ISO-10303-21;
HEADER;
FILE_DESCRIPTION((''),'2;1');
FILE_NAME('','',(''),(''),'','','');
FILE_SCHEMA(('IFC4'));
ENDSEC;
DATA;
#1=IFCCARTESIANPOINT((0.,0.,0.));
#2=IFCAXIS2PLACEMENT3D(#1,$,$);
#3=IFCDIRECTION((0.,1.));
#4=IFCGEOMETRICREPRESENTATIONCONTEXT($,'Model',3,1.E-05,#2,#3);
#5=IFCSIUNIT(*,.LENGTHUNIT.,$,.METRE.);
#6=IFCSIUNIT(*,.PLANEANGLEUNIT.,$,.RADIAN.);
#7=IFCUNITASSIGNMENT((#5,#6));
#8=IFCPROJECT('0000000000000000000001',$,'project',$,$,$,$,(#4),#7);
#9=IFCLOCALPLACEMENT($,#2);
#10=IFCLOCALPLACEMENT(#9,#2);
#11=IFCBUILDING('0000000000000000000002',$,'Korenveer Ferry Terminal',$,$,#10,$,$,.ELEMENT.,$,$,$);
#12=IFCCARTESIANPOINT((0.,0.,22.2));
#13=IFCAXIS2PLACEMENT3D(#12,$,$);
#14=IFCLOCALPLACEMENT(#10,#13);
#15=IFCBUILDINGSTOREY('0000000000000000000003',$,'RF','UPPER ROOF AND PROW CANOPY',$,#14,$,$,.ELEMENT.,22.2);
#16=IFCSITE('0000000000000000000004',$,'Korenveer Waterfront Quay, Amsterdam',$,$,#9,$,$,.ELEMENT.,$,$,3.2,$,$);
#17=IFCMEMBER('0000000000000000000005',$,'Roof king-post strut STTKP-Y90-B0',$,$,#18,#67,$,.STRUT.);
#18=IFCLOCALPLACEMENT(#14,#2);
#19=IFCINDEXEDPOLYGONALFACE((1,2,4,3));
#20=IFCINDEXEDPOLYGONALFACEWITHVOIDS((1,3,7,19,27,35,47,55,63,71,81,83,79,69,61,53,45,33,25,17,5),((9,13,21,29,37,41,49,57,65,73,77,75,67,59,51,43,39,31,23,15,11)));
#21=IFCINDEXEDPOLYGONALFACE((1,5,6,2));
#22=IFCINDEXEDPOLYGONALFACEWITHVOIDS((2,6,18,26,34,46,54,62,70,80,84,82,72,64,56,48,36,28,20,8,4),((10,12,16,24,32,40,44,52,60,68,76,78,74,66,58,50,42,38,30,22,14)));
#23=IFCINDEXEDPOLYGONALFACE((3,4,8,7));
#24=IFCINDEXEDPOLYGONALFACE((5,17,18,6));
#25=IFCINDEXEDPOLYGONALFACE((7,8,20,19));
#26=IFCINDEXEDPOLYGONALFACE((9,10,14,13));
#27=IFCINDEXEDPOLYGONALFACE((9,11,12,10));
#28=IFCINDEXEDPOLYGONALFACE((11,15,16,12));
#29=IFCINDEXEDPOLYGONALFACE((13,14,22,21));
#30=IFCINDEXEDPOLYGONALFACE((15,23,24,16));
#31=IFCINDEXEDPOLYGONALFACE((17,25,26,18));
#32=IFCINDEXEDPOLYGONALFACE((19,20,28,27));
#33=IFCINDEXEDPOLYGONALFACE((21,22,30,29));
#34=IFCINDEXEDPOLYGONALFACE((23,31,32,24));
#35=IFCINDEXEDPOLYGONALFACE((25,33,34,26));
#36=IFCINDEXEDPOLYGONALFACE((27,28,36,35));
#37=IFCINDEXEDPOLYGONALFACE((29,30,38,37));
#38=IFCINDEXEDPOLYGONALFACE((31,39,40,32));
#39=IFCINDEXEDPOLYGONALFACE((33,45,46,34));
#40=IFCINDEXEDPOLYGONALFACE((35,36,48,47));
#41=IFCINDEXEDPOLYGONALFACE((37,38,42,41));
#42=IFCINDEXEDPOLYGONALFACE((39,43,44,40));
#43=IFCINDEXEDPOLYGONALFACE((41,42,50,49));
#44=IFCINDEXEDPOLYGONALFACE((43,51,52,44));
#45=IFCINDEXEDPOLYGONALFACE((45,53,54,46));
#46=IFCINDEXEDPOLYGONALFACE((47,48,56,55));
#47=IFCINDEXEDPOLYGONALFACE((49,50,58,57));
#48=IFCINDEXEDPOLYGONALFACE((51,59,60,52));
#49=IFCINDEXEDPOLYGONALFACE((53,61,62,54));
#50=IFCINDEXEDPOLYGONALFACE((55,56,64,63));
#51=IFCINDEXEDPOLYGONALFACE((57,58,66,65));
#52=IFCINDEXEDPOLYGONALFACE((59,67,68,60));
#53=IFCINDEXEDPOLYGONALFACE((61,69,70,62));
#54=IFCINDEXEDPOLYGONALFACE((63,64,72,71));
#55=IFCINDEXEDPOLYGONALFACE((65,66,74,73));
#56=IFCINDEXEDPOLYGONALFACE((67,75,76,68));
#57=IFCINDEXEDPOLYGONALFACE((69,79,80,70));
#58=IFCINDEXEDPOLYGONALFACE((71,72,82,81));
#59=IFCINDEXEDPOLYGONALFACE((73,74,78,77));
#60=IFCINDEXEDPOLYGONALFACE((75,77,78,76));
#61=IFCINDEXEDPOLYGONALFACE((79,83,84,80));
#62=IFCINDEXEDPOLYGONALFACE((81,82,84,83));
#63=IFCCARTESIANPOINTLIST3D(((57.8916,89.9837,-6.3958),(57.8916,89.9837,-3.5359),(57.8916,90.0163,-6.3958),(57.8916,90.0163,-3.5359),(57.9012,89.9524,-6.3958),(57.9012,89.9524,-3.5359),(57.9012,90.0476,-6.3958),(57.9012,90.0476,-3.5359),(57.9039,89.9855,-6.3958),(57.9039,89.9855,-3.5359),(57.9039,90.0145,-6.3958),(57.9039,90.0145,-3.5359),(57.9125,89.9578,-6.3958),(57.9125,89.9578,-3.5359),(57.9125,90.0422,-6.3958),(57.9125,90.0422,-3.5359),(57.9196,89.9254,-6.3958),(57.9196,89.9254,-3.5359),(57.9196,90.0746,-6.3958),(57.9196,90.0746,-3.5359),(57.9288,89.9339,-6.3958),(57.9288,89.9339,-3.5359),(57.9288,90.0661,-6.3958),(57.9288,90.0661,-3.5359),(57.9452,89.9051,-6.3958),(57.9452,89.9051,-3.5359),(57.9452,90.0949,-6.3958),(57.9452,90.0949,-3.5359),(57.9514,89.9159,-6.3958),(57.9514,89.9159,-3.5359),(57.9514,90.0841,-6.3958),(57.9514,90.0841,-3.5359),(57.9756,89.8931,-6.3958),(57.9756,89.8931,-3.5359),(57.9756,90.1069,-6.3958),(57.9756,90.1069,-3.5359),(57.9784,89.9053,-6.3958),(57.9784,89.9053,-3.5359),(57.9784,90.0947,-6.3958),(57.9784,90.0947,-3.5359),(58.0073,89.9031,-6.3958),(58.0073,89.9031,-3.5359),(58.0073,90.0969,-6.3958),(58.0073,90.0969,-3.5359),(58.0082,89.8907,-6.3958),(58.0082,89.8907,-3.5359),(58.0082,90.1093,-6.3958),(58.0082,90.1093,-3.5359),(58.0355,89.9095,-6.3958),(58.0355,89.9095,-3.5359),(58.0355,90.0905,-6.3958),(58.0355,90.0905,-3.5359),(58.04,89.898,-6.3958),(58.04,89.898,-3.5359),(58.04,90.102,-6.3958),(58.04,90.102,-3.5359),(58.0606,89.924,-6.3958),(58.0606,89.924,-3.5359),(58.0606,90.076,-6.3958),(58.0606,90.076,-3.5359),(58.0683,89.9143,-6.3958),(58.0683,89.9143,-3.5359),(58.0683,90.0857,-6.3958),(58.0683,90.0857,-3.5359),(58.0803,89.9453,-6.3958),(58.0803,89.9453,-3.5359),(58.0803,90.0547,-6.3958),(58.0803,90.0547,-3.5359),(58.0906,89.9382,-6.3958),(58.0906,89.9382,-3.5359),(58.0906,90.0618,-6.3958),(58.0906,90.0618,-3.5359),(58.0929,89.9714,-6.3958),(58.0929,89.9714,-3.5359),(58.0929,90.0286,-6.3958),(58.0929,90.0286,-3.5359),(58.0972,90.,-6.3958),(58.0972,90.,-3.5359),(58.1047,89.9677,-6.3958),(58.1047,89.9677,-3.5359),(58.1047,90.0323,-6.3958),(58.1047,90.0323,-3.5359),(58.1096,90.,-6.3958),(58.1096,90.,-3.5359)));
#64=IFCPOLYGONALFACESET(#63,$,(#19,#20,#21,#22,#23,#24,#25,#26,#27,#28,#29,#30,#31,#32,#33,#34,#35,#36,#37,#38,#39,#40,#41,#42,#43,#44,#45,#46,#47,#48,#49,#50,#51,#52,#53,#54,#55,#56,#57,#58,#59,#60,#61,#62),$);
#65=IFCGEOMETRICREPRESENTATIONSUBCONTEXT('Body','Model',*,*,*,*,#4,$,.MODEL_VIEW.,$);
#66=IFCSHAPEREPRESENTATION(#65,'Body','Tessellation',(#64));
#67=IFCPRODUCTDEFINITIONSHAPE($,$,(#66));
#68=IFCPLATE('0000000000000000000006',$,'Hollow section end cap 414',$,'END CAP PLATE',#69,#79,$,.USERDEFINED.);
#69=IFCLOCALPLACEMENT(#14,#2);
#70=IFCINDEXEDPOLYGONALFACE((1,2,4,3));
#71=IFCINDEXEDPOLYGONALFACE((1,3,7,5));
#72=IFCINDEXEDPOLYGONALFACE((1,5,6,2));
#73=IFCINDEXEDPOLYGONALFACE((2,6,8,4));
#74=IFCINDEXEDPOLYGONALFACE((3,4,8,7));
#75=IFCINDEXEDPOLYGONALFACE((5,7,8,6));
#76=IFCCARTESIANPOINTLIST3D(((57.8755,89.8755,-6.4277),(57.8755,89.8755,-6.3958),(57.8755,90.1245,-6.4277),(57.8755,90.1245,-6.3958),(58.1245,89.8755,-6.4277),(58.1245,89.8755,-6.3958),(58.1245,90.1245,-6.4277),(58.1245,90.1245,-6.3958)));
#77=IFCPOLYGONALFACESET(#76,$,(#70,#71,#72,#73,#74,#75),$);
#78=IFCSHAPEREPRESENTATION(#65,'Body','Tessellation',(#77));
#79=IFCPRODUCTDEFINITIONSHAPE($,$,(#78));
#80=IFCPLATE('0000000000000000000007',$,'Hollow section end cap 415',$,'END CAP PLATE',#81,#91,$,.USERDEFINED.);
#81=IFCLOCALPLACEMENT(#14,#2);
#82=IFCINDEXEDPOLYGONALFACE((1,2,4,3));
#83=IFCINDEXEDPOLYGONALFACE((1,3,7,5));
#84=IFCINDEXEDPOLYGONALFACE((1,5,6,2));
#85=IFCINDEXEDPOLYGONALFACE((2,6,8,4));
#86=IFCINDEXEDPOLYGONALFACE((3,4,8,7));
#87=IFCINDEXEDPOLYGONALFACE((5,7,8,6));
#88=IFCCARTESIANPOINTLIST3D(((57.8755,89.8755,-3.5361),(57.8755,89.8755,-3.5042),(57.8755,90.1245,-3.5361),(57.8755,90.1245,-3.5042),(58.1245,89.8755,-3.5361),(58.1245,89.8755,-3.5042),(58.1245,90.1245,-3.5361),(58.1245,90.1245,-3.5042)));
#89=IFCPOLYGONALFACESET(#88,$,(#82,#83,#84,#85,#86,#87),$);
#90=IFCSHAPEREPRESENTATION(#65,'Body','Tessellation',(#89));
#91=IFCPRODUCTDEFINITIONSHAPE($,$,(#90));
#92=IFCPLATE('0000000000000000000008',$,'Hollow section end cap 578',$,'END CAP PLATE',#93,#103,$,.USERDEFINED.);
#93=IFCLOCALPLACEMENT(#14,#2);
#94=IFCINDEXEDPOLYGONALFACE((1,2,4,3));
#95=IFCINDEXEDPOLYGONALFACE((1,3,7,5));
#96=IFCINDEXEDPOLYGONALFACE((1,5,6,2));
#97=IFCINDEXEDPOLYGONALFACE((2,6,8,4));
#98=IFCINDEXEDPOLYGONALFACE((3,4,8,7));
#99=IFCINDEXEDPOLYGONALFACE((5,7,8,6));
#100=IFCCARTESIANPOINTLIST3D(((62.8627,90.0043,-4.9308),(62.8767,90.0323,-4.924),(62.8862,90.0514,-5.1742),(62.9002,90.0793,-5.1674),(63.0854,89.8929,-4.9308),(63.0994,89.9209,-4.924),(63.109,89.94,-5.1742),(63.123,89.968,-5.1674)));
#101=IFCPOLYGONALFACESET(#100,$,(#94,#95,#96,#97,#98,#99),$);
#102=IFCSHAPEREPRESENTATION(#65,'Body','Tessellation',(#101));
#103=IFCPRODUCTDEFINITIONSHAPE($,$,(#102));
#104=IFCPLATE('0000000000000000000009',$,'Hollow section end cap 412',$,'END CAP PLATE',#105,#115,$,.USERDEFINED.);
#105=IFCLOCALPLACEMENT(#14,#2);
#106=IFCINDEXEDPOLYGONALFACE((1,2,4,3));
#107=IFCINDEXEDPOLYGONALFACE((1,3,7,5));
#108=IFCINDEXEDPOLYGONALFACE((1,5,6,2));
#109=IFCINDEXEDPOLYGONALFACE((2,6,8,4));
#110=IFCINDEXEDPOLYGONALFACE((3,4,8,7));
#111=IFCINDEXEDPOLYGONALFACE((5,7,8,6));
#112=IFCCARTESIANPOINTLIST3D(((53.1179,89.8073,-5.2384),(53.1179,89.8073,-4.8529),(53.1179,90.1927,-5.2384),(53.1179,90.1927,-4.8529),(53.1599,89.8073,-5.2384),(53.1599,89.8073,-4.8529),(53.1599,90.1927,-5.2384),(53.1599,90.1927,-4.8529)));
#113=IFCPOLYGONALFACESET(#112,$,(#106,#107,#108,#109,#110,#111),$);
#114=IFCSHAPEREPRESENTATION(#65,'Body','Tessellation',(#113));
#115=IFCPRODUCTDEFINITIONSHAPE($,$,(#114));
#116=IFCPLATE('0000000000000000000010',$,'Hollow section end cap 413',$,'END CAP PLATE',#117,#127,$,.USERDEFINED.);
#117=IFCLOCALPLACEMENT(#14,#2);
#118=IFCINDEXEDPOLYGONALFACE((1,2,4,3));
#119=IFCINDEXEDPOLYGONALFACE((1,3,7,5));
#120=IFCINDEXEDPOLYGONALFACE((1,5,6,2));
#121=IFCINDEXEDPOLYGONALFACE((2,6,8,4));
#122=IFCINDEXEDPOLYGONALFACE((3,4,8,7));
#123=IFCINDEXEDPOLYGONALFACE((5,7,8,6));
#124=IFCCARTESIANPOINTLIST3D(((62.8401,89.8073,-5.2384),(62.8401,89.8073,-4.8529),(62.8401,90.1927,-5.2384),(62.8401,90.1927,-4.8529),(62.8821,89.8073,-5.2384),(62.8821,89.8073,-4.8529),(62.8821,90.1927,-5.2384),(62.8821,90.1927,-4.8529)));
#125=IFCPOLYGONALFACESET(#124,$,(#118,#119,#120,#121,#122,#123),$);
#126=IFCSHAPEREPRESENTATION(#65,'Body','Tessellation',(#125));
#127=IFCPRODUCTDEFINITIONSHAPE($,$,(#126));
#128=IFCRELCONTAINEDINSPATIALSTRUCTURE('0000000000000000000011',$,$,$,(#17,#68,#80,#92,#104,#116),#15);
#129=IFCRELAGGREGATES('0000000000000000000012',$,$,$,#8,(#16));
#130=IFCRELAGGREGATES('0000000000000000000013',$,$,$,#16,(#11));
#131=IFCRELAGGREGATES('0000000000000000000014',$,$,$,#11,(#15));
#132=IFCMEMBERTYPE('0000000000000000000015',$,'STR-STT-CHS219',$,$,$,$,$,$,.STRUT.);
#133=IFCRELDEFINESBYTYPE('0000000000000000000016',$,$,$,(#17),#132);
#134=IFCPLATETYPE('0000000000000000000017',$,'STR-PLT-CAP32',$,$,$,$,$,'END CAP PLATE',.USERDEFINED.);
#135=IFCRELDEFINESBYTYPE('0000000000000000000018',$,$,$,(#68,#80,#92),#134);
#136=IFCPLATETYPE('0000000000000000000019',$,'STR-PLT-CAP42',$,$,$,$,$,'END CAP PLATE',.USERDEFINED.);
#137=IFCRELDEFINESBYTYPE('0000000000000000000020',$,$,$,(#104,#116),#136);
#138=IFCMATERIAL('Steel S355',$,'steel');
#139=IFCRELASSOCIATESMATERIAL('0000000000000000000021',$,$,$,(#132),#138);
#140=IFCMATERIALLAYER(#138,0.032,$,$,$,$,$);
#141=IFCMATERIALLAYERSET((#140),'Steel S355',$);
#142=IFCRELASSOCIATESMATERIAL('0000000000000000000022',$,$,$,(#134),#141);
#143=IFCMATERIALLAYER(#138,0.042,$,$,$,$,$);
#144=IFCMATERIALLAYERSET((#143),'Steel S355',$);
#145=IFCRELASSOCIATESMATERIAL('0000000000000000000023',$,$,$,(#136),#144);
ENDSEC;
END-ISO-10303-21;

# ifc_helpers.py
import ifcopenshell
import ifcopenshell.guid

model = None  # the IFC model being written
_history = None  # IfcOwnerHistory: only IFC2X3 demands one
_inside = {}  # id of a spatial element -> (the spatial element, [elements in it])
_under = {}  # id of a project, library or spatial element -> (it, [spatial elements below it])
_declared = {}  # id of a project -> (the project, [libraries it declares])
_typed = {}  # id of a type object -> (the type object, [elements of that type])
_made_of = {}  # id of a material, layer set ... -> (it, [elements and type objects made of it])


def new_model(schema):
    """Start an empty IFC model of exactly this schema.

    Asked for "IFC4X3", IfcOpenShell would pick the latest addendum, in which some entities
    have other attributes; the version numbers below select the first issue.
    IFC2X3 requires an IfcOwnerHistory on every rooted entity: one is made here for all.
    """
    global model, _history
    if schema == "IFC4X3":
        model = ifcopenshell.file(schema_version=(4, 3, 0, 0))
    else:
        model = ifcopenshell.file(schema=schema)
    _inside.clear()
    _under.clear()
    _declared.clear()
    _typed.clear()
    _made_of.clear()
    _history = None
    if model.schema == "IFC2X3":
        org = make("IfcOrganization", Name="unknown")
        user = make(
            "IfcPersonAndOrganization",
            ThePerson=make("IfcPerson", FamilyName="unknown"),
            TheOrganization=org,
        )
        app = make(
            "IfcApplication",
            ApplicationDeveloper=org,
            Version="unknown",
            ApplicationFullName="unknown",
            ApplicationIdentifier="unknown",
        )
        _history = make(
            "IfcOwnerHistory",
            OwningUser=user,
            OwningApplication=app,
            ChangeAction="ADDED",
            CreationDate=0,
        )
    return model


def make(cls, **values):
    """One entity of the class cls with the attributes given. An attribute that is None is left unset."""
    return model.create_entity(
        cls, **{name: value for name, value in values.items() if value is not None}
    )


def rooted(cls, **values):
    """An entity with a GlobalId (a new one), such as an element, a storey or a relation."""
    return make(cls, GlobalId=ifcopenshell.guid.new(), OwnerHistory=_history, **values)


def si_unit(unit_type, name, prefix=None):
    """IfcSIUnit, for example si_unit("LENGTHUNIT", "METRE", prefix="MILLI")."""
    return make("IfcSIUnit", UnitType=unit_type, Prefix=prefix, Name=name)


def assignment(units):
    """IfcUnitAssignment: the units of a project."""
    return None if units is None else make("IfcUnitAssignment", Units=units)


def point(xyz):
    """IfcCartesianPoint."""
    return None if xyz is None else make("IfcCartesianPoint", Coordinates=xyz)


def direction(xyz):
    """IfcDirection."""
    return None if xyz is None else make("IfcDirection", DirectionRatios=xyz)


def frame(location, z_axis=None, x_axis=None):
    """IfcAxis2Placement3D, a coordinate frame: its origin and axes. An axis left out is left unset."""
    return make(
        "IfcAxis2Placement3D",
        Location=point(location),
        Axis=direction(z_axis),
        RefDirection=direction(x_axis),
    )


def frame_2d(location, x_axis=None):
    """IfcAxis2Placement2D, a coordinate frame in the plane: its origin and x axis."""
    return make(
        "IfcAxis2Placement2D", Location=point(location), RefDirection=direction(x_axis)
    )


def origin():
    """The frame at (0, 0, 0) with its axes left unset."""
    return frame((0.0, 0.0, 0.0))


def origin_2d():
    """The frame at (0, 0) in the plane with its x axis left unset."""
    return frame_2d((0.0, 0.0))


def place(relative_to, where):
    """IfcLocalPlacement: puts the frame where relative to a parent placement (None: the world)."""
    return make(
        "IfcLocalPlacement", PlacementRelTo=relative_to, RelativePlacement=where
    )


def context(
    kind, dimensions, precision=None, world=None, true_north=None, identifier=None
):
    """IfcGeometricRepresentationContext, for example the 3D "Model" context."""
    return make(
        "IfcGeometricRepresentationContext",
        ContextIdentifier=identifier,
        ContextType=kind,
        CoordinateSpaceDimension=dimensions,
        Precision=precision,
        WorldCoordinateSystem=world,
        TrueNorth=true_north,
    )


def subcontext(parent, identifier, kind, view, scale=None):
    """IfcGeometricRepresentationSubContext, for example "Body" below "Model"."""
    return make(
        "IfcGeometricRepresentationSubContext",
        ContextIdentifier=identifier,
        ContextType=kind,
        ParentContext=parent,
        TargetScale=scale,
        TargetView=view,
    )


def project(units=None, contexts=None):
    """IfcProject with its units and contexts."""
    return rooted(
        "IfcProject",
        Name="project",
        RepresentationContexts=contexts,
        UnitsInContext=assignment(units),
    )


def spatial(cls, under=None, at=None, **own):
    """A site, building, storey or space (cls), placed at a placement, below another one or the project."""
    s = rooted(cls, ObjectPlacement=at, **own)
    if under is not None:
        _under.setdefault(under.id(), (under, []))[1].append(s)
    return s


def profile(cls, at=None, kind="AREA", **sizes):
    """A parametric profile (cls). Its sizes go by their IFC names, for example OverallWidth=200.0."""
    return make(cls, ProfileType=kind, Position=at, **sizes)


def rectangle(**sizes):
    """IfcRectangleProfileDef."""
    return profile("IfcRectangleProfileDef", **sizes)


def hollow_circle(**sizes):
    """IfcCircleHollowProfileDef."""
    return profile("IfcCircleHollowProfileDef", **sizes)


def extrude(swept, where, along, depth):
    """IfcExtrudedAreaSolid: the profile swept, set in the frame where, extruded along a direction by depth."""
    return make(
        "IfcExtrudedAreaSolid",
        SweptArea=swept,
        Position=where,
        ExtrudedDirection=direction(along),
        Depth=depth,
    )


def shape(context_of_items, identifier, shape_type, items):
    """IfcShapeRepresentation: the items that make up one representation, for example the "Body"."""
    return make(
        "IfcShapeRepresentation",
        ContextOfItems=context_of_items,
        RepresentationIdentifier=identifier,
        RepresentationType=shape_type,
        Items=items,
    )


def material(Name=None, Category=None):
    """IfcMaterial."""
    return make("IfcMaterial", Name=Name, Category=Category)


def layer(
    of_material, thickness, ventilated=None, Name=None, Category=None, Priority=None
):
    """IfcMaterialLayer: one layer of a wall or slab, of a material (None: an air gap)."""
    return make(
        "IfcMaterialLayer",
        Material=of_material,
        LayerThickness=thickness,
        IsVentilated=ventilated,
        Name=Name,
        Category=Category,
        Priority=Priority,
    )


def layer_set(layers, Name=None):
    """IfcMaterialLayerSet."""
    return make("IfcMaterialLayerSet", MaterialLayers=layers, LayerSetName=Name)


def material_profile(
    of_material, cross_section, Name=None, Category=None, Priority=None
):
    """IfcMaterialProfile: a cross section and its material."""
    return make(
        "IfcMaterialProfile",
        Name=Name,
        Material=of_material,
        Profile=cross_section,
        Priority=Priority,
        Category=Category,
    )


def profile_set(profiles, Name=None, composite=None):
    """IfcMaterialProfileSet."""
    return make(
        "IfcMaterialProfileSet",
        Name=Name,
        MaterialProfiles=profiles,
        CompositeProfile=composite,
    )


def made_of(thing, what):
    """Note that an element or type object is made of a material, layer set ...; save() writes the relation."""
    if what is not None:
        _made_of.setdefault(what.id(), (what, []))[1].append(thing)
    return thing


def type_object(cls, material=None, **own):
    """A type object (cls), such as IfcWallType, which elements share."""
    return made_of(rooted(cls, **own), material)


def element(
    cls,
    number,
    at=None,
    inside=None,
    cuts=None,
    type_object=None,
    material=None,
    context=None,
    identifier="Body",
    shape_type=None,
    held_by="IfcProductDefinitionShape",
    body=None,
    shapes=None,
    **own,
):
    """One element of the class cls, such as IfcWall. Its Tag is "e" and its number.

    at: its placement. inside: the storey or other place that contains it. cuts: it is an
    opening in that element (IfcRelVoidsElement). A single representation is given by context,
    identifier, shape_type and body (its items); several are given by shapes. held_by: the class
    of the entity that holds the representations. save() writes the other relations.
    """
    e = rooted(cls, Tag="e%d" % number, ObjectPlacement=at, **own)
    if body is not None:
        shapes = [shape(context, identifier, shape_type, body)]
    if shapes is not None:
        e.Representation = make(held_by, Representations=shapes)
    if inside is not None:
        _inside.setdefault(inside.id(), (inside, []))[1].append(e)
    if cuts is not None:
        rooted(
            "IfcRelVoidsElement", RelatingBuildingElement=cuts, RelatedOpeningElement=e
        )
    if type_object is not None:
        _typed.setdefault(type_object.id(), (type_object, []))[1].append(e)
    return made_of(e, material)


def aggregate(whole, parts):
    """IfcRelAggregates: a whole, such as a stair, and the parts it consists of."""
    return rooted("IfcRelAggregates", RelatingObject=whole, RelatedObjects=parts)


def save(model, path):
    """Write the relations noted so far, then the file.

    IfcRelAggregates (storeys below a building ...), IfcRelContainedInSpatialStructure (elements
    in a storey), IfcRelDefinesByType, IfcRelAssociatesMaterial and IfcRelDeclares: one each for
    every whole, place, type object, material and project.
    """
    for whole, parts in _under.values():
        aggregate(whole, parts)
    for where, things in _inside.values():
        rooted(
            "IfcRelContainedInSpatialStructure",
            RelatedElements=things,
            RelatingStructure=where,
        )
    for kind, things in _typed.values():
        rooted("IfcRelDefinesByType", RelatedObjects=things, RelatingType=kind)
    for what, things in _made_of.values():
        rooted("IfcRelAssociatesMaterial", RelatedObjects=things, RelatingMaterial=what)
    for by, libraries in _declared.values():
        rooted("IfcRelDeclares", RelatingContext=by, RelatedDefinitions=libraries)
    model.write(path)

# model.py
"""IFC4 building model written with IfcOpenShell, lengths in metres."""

from ifc_helpers import new_model, si_unit, direction, frame, origin, origin_2d, place, context, subcontext, project, spatial, rectangle, hollow_circle, extrude, material, layer, layer_set, material_profile, profile_set, type_object, element, save


model = new_model("IFC4")

# Units and contexts
model_context = context("Model", 3, precision=1e-05, world=origin(), true_north=direction((0.0, 1.0)))
body_context = subcontext(model_context, "Body", "Model", "MODEL_VIEW")
ifc_project = project(units=[si_unit("LENGTHUNIT", "METRE"), si_unit("PLANEANGLEUNIT", "RADIAN")], contexts=[model_context])

# Site, building, storey
site_placement = place(None, origin())
site = spatial("IfcSite", under=ifc_project, at=site_placement, Name="Korenveer Waterfront Quay, Amsterdam", CompositionType="ELEMENT", RefElevation=3.2)
building_placement = place(site_placement, origin())
building = spatial("IfcBuilding", under=site, at=building_placement, Name="Korenveer Ferry Terminal", CompositionType="ELEMENT")
storey_placement = place(building_placement, frame((0.0, 0.0, 22.2)))
storey = spatial("IfcBuildingStorey", under=building, at=storey_placement, Name="RF", Description="UPPER ROOF AND PROW CANOPY", CompositionType="ELEMENT", Elevation=22.2)

# Shared definitions
ifc_material_1 = material(Name="Steel S355", Category="steel")

# Member
ifc_material_profile_1 = material_profile(ifc_material_1, hollow_circle(Radius=0.1096, WallThickness=0.0125, at=origin_2d()), Name="CHS 219.1x12.5")
ifc_profile_set_1 = profile_set([ifc_material_profile_1], Name="Steel S355")
member_type_1 = type_object("IfcMemberType", Name="STR-STT-CHS219", PredefinedType="STRUT", material=ifc_profile_set_1)
member_1_placement = place(storey_placement, frame((58.0, 90.0, -6.3958), z_axis=(0.0, 0.0, 1.0), x_axis=(1.0, 0.0, 0.0)))
element("IfcMember", 1, at=member_1_placement, inside=storey, type_object=member_type_1, Name="Roof king-post strut STTKP-Y90-B0", PredefinedType="STRUT", context=body_context, shape_type="SweptSolid", body=[
    extrude(hollow_circle(Radius=0.1096, WallThickness=0.0125, at=origin_2d()), origin(), (0.0, 0.0, 1.0), 2.8599),
])

# Plates
ifc_layer_1 = layer(ifc_material_1, 0.032)
ifc_layer_set_1 = layer_set([ifc_layer_1], Name="Steel S355")
plate_type_1 = type_object("IfcPlateType", Name="STR-PLT-CAP32", ElementType="END CAP PLATE", PredefinedType="USERDEFINED", material=ifc_layer_set_1)
for number, where, z_axis, x_axis, name in (
    (2, (58.0, 90.0, -6.4277), (0.0, 0.0, 1.0), (1.0, 0.0, 0.0), "Hollow section end cap 414"),
    (3, (58.0, 90.0, -3.5361), (0.0, 0.0, 1.0), (1.0, 0.0, 0.0), "Hollow section end cap 415"),
    (4, (62.9858, 89.9722, -5.0525), (0.43711, 0.874221, 0.21136), (-0.894427, 0.447214, 0.0), "Hollow section end cap 578"),
):
    element("IfcPlate", number, at=place(storey_placement, frame(where, z_axis=z_axis, x_axis=x_axis)), inside=storey, type_object=plate_type_1, Name=name, ObjectType="END CAP PLATE", PredefinedType="USERDEFINED", context=body_context, shape_type="SweptSolid", body=[
        extrude(rectangle(XDim=0.249, YDim=0.249, at=origin_2d()), origin(), (0.0, 0.0, 1.0), 0.032),
    ])
ifc_layer_2 = layer(ifc_material_1, 0.042)
ifc_layer_set_2 = layer_set([ifc_layer_2], Name="Steel S355")
plate_type_2 = type_object("IfcPlateType", Name="STR-PLT-CAP42", ElementType="END CAP PLATE", PredefinedType="USERDEFINED", material=ifc_layer_set_2)
for number, where, z_axis, x_axis, name in (
    (5, (53.1179, 90.0, -5.0457), (1.0, 0.0, 0.0), (0.0, 1.0, 0.0), "Hollow section end cap 412"),
    (6, (62.8401, 90.0, -5.0457), (1.0, 0.0, 0.0), (0.0, 1.0, 0.0), "Hollow section end cap 413"),
):
    element("IfcPlate", number, at=place(storey_placement, frame(where, z_axis=z_axis, x_axis=x_axis)), inside=storey, type_object=plate_type_2, Name=name, ObjectType="END CAP PLATE", PredefinedType="USERDEFINED", context=body_context, shape_type="SweptSolid", body=[
        extrude(rectangle(XDim=0.3855, YDim=0.3855, at=origin_2d()), origin(), (0.0, 0.0, 1.0), 0.042),
    ])

save(model, "model.ifc")
